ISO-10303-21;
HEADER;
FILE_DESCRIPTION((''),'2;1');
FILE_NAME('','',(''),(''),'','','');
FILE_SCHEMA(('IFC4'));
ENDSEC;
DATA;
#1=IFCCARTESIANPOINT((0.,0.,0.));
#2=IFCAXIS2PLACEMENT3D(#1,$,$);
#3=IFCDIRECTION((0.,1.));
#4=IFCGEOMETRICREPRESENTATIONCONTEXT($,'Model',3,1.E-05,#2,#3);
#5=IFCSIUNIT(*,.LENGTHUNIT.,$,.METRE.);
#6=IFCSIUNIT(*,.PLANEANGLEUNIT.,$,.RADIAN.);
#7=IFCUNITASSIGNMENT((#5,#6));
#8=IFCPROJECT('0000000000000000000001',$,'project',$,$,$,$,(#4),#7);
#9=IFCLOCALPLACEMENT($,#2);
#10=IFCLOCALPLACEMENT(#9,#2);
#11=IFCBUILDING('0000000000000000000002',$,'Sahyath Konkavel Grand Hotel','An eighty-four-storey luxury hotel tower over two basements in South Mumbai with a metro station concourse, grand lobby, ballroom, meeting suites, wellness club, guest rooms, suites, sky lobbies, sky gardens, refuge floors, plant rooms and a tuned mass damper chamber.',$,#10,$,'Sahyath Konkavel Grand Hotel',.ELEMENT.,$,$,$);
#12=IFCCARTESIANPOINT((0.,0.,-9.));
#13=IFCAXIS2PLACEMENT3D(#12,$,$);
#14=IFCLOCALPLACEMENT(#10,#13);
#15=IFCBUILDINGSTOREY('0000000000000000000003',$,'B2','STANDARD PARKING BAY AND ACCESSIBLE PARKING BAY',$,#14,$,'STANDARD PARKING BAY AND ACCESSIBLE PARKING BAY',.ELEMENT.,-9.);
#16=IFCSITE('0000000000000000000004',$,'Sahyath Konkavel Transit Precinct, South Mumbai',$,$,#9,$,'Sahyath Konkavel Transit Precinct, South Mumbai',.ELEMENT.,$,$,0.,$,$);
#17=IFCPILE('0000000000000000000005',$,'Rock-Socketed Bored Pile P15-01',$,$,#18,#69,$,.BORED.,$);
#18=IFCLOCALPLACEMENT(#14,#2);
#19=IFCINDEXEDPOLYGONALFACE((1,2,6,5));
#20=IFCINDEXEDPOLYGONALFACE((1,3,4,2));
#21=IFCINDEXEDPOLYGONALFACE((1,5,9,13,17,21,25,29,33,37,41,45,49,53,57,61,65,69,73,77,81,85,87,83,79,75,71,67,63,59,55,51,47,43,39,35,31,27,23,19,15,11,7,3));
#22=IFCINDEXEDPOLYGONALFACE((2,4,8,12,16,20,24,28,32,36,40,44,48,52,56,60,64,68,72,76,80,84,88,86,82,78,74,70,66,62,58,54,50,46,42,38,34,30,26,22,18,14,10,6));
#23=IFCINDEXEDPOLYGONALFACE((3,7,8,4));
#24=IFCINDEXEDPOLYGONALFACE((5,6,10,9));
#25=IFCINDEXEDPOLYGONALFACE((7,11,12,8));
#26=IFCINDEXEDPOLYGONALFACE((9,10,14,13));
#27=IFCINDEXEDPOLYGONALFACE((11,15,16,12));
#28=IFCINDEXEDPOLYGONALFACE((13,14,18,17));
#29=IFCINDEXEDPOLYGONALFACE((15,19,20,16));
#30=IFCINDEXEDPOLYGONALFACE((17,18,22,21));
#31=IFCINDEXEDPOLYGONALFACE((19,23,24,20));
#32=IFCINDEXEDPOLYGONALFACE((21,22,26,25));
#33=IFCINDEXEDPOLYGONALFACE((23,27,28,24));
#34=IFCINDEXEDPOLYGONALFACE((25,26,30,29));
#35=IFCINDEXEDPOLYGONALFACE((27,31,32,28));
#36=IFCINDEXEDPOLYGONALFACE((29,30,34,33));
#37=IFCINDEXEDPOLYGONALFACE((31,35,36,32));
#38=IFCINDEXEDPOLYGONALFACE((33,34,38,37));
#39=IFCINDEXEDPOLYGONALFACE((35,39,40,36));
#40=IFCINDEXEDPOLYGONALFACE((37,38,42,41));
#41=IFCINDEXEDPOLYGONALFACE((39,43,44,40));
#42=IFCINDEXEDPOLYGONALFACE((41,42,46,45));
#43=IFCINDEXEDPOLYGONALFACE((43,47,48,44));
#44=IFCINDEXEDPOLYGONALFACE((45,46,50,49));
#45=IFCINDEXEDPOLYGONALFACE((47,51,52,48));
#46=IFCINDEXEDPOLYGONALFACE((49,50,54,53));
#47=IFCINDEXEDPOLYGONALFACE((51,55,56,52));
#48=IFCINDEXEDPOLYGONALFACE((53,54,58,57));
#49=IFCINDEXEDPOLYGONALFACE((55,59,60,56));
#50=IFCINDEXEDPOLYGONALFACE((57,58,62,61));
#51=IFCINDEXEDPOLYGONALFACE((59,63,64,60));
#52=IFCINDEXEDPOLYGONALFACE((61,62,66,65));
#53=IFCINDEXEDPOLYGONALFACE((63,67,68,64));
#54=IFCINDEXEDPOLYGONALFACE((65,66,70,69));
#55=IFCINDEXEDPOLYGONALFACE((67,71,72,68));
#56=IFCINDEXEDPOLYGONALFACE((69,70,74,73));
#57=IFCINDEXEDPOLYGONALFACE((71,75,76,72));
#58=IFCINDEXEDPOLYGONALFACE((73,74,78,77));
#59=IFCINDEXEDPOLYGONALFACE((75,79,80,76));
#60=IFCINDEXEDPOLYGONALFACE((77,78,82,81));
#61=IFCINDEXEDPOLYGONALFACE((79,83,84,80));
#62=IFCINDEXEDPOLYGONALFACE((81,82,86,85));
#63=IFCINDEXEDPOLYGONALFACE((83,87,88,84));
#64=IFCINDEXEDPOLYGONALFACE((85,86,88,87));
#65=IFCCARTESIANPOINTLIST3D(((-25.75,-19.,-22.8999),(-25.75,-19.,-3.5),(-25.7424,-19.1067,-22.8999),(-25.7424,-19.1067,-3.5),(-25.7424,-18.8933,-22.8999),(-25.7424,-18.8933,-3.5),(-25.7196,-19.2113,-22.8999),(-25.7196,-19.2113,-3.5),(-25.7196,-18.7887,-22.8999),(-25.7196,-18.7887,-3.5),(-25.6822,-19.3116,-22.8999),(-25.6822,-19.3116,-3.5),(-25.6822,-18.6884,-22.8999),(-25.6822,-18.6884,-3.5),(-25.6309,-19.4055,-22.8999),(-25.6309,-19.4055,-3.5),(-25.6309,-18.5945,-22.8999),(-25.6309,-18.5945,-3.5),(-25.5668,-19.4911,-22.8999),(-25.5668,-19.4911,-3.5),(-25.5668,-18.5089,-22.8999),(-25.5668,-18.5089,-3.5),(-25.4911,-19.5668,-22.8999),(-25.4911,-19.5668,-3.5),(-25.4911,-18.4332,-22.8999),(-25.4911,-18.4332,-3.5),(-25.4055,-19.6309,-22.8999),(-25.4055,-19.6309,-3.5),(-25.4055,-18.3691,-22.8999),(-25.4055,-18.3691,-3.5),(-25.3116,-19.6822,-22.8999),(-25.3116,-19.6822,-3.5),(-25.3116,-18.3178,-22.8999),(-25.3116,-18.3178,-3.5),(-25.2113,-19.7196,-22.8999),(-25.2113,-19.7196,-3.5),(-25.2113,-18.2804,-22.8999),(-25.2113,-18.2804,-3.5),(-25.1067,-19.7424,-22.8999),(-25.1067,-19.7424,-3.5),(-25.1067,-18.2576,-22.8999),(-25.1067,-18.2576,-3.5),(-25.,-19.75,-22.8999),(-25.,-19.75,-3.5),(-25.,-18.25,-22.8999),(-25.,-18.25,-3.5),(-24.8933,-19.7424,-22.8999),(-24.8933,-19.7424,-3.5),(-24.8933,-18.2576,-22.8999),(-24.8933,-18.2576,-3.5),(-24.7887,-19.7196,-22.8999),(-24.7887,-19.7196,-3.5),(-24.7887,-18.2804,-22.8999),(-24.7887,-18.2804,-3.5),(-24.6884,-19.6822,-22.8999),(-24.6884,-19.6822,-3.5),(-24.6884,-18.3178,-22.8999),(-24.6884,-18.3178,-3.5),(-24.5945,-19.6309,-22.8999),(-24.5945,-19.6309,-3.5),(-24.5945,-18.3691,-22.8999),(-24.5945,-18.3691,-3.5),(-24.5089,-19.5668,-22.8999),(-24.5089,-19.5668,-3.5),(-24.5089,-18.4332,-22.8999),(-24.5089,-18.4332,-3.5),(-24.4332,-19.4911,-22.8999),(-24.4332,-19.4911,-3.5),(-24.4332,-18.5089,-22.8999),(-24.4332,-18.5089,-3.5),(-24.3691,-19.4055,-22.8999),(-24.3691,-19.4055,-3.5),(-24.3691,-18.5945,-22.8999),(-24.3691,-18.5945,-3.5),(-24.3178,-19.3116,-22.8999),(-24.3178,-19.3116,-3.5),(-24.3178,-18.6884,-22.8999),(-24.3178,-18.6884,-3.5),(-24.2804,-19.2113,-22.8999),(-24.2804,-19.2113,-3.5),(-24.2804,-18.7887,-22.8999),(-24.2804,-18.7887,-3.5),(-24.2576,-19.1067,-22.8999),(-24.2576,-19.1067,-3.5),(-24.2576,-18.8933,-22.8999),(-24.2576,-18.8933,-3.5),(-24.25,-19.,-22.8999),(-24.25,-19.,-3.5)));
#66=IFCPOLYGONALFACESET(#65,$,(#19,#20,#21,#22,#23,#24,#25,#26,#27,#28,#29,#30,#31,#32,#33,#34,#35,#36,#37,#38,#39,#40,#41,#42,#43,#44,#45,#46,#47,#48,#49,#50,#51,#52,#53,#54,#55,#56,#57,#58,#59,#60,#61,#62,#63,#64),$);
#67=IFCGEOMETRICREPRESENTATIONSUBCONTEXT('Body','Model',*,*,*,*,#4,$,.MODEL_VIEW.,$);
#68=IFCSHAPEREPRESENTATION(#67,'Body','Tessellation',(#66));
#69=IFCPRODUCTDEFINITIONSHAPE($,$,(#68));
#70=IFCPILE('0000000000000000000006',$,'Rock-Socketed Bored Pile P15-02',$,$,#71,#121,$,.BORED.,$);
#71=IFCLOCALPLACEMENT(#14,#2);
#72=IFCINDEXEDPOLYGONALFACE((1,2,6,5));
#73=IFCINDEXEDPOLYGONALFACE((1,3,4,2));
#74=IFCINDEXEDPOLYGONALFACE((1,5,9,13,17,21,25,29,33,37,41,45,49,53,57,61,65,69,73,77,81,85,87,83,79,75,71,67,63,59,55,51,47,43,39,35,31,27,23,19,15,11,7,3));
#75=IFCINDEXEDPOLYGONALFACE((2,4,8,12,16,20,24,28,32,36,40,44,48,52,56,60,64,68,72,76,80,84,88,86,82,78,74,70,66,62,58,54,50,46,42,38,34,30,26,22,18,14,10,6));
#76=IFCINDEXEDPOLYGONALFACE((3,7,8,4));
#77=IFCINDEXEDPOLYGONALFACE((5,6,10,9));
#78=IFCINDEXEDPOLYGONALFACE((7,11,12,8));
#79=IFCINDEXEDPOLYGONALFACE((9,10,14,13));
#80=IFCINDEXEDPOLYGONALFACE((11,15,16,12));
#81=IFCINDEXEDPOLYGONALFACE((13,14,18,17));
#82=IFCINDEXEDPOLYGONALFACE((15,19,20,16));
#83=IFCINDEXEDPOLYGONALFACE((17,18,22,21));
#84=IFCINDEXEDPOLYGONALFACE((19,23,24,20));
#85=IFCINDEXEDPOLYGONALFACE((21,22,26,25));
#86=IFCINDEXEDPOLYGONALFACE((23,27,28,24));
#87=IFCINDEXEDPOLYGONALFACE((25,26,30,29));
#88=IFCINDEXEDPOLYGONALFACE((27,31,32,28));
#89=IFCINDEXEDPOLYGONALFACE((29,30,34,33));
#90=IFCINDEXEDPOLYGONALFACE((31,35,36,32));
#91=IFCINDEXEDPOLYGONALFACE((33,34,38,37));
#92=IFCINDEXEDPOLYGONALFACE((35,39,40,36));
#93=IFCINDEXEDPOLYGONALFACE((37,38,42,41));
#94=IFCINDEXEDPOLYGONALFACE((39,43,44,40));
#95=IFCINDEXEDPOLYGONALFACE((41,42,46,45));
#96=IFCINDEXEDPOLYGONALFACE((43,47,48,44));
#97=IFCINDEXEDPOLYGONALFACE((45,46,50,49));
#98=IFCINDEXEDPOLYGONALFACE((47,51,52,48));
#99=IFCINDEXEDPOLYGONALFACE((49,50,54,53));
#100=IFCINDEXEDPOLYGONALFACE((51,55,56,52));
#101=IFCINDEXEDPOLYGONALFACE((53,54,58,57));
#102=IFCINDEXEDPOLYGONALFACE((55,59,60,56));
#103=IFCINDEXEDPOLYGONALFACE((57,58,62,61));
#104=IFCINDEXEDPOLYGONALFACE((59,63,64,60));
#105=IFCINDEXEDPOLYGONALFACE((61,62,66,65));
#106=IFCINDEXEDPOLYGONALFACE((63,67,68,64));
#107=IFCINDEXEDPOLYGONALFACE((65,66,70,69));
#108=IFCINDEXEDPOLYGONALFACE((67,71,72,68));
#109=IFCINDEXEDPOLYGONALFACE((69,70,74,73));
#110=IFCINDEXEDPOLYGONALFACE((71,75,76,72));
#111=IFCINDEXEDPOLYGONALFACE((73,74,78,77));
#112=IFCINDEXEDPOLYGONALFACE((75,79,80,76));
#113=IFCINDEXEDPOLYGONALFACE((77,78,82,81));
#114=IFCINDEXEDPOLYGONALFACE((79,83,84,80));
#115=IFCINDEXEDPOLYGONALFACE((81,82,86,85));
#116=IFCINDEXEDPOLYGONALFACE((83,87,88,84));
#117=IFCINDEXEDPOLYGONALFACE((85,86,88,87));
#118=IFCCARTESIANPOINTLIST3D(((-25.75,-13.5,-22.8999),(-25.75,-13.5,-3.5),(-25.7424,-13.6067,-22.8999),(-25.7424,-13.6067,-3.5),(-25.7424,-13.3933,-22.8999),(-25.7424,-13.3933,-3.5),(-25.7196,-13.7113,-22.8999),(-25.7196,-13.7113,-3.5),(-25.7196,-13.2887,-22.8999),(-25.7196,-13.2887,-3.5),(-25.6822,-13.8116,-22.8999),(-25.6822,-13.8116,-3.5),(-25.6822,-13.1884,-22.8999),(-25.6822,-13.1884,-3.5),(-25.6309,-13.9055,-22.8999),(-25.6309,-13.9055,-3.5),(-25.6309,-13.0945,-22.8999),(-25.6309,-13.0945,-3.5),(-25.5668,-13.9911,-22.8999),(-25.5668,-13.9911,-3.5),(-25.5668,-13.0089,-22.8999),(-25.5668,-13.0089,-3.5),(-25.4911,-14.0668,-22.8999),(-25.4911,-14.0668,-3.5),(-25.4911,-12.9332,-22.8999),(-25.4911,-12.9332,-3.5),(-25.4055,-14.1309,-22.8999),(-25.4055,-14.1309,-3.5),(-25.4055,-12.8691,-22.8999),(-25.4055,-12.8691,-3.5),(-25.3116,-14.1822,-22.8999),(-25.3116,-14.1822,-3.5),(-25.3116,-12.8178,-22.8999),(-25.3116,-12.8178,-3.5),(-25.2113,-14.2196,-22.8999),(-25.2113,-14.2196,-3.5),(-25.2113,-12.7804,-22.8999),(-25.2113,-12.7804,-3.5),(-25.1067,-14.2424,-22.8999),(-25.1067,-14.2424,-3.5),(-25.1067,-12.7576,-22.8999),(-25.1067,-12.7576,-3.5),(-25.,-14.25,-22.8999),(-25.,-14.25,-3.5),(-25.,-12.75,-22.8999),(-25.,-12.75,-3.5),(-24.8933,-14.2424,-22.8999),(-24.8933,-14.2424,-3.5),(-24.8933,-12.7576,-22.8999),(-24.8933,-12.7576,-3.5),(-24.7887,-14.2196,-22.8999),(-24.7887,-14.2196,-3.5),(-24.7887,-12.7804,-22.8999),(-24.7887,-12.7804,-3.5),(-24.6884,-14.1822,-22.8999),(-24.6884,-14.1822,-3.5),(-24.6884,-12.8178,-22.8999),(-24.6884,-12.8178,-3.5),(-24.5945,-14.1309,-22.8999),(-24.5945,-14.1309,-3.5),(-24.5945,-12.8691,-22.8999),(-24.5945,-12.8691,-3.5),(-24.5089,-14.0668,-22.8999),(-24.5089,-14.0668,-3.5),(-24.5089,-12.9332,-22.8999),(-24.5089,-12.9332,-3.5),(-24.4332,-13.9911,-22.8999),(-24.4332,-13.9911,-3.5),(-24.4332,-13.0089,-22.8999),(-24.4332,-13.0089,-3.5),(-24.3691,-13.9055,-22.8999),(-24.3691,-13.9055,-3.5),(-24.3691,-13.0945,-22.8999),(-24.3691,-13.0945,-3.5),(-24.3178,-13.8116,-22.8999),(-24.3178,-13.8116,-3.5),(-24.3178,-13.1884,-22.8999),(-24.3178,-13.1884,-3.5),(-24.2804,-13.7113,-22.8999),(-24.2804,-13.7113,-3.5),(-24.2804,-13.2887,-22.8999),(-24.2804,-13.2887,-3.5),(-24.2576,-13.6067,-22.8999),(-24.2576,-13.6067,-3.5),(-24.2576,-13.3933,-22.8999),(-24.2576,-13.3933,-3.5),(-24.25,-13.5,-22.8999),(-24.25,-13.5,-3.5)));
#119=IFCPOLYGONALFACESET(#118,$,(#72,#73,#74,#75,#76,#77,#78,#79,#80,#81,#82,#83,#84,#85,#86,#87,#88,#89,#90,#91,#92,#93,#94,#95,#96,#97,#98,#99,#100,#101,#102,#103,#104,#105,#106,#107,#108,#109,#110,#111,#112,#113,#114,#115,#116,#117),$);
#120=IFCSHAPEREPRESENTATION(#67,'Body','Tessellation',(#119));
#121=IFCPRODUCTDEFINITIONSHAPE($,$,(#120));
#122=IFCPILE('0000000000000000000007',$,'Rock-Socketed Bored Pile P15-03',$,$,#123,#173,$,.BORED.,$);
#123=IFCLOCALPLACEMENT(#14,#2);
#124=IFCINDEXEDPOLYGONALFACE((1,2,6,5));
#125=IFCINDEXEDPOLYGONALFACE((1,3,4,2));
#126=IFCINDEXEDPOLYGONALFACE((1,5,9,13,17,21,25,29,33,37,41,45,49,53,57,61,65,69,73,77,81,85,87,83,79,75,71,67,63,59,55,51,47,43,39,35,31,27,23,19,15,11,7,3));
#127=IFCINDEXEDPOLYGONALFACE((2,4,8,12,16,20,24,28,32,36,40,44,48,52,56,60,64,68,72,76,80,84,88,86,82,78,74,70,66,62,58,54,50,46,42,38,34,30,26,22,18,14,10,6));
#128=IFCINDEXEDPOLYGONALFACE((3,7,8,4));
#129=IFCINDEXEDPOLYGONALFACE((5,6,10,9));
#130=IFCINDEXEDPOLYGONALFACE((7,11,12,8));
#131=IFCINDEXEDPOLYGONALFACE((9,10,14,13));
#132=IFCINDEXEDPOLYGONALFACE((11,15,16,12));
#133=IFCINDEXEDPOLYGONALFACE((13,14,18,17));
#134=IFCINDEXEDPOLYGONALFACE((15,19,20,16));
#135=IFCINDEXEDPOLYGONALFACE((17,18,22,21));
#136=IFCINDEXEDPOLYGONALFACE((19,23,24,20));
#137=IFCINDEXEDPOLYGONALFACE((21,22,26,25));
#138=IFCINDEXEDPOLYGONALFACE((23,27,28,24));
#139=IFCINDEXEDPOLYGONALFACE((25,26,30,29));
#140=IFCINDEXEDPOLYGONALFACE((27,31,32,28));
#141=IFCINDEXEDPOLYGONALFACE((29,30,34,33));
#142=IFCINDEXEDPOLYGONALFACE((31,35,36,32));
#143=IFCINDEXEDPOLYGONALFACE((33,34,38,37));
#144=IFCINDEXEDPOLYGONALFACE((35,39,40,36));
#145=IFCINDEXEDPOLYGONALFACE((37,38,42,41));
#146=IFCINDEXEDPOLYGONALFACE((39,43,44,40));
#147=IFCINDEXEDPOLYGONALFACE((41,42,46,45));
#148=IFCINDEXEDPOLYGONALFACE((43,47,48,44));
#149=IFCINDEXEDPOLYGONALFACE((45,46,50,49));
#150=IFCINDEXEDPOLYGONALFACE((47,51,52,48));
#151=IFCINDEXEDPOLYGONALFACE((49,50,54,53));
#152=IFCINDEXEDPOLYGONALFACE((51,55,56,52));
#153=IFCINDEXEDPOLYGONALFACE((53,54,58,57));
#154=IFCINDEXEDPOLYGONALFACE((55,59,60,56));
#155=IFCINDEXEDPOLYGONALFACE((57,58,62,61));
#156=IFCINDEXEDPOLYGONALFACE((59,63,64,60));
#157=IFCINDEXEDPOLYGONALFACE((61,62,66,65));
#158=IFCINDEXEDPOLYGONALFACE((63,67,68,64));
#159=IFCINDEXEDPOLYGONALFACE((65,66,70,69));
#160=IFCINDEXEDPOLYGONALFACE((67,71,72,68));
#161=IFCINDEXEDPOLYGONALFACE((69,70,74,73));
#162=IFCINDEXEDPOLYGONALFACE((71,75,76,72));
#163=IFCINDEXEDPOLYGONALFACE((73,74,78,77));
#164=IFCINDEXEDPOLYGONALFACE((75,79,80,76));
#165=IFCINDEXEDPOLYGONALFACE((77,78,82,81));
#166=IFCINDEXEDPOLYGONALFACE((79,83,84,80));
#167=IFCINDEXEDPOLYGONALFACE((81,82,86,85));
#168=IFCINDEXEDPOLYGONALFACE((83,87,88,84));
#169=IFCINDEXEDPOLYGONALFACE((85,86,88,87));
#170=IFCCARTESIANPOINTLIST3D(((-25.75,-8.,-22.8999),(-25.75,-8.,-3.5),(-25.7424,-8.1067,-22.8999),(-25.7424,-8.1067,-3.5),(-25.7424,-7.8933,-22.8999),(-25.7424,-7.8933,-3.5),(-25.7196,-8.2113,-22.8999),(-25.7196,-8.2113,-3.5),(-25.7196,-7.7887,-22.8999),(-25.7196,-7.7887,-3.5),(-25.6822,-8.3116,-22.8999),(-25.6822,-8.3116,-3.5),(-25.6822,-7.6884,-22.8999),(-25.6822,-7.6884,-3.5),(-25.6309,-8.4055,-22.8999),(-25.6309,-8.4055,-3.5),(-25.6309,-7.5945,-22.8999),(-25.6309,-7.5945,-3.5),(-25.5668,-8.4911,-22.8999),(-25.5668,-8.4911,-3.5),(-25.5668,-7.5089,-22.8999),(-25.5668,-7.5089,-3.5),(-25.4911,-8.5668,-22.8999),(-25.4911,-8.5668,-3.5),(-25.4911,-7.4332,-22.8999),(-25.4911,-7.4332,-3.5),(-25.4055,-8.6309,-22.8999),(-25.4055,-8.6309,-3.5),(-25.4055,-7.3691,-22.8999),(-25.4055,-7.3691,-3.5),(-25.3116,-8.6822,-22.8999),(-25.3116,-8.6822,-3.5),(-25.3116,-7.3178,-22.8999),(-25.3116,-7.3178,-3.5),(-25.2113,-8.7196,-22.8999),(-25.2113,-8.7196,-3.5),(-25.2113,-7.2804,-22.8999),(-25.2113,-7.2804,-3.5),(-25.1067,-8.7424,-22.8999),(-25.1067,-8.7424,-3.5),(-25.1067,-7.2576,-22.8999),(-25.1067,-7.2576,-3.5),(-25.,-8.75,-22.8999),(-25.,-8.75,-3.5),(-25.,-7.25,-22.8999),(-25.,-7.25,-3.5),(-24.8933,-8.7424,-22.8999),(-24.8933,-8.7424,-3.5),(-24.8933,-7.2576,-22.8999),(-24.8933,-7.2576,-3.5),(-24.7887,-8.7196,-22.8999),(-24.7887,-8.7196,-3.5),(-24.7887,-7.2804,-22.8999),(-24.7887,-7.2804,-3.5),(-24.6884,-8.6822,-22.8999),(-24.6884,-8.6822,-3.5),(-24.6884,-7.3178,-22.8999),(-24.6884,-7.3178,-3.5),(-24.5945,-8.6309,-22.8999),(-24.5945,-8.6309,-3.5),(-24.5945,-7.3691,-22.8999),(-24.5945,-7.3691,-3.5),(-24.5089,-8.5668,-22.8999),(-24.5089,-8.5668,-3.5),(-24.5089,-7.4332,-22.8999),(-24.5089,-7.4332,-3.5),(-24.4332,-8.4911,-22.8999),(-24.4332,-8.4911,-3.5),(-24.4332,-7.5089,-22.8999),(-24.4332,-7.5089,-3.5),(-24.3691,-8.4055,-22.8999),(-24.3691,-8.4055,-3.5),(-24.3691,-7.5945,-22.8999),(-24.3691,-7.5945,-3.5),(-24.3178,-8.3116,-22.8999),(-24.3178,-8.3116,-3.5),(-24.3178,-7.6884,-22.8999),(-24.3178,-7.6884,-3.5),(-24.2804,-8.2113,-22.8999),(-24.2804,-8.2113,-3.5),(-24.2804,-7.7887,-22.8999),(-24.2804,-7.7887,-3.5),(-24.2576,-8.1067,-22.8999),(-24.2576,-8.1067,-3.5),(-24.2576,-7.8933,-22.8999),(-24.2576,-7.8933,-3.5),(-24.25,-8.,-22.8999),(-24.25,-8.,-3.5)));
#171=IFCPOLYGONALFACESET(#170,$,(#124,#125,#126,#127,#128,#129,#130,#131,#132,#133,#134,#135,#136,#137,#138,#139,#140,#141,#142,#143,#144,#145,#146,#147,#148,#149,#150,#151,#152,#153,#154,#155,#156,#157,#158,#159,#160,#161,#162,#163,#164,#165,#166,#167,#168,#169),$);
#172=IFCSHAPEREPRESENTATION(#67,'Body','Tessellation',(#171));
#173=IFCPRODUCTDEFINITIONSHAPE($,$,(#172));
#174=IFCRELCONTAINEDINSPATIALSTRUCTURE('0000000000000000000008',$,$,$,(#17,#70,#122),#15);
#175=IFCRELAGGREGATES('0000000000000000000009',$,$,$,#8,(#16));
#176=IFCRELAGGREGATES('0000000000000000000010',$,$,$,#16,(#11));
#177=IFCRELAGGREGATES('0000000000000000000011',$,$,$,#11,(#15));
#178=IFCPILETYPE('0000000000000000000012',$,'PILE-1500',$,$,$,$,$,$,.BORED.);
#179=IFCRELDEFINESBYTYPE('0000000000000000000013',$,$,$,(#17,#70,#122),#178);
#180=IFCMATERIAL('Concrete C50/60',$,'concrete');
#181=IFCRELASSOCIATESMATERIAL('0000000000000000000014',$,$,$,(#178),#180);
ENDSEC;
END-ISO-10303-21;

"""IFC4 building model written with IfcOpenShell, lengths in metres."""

from ifc_helpers import new_model, si_unit, direction, frame, origin, origin_2d, place, context, subcontext, project, spatial, circle, extrude, material, material_profile, profile_set, type_object, element, save


model = new_model("IFC4")

# Units and contexts
model_context = context("Model", 3, precision=1e-05, world=origin(), true_north=direction((0.0, 1.0)))
body_context = subcontext(model_context, "Body", "Model", "MODEL_VIEW")
ifc_project = project(units=[si_unit("LENGTHUNIT", "METRE"), si_unit("PLANEANGLEUNIT", "RADIAN")], contexts=[model_context])

# Site, building, storey
site_placement = place(None, origin())
site = spatial("IfcSite", under=ifc_project, at=site_placement, Name="Sahyath Konkavel Transit Precinct, South Mumbai", LongName="Sahyath Konkavel Transit Precinct, South Mumbai", CompositionType="ELEMENT", RefElevation=0.0)
building_placement = place(site_placement, origin())
building = spatial("IfcBuilding", under=site, at=building_placement, Name="Sahyath Konkavel Grand Hotel", Description="An eighty-four-storey luxury hotel tower over two basements in South Mumbai with a metro station concourse, grand lobby, ballroom, meeting suites, wellness club, guest rooms, suites, sky lobbies, sky gardens, refuge floors, plant rooms and a tuned mass damper chamber.", LongName="Sahyath Konkavel Grand Hotel", CompositionType="ELEMENT")
storey_placement = place(building_placement, frame((0.0, 0.0, -9.0)))
storey = spatial("IfcBuildingStorey", under=building, at=storey_placement, Name="B2", Description="STANDARD PARKING BAY AND ACCESSIBLE PARKING BAY", LongName="STANDARD PARKING BAY AND ACCESSIBLE PARKING BAY", CompositionType="ELEMENT", Elevation=-9.0)

# Piles
ifc_material_1 = material(Name="Concrete C50/60", Category="concrete")
ifc_material_profile_1 = material_profile(ifc_material_1, circle(Radius=0.75, at=origin_2d()), Name="PILE D1500")
ifc_profile_set_1 = profile_set([ifc_material_profile_1], Name="Concrete C50/60")
pile_type = type_object("IfcPileType", Name="PILE-1500", PredefinedType="BORED", material=ifc_profile_set_1)
for number, where, z_axis, x_axis, name in (
    (1, (-25.0, -19.0, -3.5), (0.0, 0.0, -1.0), (1.0, 0.0, 0.0), "Rock-Socketed Bored Pile P15-01"),
    (2, (-25.0, -13.5, -3.5), (0.0, 0.0, -1.0), (1.0, 0.0, 0.0), "Rock-Socketed Bored Pile P15-02"),
    (3, (-25.0, -8.0, -3.5), (0.0, 0.0, -1.0), (1.0, 0.0, 0.0), "Rock-Socketed Bored Pile P15-03"),
):
    element("IfcPile", number, at=place(storey_placement, frame(where, z_axis=z_axis, x_axis=x_axis)), inside=storey, type_object=pile_type, Name=name, PredefinedType="BORED", context=body_context, shape_type="SweptSolid", body=[
        extrude(circle(Radius=0.75, at=origin_2d()), origin(), (0.0, 0.0, 1.0), 19.3999),
    ])

save(model, "model.ifc")
